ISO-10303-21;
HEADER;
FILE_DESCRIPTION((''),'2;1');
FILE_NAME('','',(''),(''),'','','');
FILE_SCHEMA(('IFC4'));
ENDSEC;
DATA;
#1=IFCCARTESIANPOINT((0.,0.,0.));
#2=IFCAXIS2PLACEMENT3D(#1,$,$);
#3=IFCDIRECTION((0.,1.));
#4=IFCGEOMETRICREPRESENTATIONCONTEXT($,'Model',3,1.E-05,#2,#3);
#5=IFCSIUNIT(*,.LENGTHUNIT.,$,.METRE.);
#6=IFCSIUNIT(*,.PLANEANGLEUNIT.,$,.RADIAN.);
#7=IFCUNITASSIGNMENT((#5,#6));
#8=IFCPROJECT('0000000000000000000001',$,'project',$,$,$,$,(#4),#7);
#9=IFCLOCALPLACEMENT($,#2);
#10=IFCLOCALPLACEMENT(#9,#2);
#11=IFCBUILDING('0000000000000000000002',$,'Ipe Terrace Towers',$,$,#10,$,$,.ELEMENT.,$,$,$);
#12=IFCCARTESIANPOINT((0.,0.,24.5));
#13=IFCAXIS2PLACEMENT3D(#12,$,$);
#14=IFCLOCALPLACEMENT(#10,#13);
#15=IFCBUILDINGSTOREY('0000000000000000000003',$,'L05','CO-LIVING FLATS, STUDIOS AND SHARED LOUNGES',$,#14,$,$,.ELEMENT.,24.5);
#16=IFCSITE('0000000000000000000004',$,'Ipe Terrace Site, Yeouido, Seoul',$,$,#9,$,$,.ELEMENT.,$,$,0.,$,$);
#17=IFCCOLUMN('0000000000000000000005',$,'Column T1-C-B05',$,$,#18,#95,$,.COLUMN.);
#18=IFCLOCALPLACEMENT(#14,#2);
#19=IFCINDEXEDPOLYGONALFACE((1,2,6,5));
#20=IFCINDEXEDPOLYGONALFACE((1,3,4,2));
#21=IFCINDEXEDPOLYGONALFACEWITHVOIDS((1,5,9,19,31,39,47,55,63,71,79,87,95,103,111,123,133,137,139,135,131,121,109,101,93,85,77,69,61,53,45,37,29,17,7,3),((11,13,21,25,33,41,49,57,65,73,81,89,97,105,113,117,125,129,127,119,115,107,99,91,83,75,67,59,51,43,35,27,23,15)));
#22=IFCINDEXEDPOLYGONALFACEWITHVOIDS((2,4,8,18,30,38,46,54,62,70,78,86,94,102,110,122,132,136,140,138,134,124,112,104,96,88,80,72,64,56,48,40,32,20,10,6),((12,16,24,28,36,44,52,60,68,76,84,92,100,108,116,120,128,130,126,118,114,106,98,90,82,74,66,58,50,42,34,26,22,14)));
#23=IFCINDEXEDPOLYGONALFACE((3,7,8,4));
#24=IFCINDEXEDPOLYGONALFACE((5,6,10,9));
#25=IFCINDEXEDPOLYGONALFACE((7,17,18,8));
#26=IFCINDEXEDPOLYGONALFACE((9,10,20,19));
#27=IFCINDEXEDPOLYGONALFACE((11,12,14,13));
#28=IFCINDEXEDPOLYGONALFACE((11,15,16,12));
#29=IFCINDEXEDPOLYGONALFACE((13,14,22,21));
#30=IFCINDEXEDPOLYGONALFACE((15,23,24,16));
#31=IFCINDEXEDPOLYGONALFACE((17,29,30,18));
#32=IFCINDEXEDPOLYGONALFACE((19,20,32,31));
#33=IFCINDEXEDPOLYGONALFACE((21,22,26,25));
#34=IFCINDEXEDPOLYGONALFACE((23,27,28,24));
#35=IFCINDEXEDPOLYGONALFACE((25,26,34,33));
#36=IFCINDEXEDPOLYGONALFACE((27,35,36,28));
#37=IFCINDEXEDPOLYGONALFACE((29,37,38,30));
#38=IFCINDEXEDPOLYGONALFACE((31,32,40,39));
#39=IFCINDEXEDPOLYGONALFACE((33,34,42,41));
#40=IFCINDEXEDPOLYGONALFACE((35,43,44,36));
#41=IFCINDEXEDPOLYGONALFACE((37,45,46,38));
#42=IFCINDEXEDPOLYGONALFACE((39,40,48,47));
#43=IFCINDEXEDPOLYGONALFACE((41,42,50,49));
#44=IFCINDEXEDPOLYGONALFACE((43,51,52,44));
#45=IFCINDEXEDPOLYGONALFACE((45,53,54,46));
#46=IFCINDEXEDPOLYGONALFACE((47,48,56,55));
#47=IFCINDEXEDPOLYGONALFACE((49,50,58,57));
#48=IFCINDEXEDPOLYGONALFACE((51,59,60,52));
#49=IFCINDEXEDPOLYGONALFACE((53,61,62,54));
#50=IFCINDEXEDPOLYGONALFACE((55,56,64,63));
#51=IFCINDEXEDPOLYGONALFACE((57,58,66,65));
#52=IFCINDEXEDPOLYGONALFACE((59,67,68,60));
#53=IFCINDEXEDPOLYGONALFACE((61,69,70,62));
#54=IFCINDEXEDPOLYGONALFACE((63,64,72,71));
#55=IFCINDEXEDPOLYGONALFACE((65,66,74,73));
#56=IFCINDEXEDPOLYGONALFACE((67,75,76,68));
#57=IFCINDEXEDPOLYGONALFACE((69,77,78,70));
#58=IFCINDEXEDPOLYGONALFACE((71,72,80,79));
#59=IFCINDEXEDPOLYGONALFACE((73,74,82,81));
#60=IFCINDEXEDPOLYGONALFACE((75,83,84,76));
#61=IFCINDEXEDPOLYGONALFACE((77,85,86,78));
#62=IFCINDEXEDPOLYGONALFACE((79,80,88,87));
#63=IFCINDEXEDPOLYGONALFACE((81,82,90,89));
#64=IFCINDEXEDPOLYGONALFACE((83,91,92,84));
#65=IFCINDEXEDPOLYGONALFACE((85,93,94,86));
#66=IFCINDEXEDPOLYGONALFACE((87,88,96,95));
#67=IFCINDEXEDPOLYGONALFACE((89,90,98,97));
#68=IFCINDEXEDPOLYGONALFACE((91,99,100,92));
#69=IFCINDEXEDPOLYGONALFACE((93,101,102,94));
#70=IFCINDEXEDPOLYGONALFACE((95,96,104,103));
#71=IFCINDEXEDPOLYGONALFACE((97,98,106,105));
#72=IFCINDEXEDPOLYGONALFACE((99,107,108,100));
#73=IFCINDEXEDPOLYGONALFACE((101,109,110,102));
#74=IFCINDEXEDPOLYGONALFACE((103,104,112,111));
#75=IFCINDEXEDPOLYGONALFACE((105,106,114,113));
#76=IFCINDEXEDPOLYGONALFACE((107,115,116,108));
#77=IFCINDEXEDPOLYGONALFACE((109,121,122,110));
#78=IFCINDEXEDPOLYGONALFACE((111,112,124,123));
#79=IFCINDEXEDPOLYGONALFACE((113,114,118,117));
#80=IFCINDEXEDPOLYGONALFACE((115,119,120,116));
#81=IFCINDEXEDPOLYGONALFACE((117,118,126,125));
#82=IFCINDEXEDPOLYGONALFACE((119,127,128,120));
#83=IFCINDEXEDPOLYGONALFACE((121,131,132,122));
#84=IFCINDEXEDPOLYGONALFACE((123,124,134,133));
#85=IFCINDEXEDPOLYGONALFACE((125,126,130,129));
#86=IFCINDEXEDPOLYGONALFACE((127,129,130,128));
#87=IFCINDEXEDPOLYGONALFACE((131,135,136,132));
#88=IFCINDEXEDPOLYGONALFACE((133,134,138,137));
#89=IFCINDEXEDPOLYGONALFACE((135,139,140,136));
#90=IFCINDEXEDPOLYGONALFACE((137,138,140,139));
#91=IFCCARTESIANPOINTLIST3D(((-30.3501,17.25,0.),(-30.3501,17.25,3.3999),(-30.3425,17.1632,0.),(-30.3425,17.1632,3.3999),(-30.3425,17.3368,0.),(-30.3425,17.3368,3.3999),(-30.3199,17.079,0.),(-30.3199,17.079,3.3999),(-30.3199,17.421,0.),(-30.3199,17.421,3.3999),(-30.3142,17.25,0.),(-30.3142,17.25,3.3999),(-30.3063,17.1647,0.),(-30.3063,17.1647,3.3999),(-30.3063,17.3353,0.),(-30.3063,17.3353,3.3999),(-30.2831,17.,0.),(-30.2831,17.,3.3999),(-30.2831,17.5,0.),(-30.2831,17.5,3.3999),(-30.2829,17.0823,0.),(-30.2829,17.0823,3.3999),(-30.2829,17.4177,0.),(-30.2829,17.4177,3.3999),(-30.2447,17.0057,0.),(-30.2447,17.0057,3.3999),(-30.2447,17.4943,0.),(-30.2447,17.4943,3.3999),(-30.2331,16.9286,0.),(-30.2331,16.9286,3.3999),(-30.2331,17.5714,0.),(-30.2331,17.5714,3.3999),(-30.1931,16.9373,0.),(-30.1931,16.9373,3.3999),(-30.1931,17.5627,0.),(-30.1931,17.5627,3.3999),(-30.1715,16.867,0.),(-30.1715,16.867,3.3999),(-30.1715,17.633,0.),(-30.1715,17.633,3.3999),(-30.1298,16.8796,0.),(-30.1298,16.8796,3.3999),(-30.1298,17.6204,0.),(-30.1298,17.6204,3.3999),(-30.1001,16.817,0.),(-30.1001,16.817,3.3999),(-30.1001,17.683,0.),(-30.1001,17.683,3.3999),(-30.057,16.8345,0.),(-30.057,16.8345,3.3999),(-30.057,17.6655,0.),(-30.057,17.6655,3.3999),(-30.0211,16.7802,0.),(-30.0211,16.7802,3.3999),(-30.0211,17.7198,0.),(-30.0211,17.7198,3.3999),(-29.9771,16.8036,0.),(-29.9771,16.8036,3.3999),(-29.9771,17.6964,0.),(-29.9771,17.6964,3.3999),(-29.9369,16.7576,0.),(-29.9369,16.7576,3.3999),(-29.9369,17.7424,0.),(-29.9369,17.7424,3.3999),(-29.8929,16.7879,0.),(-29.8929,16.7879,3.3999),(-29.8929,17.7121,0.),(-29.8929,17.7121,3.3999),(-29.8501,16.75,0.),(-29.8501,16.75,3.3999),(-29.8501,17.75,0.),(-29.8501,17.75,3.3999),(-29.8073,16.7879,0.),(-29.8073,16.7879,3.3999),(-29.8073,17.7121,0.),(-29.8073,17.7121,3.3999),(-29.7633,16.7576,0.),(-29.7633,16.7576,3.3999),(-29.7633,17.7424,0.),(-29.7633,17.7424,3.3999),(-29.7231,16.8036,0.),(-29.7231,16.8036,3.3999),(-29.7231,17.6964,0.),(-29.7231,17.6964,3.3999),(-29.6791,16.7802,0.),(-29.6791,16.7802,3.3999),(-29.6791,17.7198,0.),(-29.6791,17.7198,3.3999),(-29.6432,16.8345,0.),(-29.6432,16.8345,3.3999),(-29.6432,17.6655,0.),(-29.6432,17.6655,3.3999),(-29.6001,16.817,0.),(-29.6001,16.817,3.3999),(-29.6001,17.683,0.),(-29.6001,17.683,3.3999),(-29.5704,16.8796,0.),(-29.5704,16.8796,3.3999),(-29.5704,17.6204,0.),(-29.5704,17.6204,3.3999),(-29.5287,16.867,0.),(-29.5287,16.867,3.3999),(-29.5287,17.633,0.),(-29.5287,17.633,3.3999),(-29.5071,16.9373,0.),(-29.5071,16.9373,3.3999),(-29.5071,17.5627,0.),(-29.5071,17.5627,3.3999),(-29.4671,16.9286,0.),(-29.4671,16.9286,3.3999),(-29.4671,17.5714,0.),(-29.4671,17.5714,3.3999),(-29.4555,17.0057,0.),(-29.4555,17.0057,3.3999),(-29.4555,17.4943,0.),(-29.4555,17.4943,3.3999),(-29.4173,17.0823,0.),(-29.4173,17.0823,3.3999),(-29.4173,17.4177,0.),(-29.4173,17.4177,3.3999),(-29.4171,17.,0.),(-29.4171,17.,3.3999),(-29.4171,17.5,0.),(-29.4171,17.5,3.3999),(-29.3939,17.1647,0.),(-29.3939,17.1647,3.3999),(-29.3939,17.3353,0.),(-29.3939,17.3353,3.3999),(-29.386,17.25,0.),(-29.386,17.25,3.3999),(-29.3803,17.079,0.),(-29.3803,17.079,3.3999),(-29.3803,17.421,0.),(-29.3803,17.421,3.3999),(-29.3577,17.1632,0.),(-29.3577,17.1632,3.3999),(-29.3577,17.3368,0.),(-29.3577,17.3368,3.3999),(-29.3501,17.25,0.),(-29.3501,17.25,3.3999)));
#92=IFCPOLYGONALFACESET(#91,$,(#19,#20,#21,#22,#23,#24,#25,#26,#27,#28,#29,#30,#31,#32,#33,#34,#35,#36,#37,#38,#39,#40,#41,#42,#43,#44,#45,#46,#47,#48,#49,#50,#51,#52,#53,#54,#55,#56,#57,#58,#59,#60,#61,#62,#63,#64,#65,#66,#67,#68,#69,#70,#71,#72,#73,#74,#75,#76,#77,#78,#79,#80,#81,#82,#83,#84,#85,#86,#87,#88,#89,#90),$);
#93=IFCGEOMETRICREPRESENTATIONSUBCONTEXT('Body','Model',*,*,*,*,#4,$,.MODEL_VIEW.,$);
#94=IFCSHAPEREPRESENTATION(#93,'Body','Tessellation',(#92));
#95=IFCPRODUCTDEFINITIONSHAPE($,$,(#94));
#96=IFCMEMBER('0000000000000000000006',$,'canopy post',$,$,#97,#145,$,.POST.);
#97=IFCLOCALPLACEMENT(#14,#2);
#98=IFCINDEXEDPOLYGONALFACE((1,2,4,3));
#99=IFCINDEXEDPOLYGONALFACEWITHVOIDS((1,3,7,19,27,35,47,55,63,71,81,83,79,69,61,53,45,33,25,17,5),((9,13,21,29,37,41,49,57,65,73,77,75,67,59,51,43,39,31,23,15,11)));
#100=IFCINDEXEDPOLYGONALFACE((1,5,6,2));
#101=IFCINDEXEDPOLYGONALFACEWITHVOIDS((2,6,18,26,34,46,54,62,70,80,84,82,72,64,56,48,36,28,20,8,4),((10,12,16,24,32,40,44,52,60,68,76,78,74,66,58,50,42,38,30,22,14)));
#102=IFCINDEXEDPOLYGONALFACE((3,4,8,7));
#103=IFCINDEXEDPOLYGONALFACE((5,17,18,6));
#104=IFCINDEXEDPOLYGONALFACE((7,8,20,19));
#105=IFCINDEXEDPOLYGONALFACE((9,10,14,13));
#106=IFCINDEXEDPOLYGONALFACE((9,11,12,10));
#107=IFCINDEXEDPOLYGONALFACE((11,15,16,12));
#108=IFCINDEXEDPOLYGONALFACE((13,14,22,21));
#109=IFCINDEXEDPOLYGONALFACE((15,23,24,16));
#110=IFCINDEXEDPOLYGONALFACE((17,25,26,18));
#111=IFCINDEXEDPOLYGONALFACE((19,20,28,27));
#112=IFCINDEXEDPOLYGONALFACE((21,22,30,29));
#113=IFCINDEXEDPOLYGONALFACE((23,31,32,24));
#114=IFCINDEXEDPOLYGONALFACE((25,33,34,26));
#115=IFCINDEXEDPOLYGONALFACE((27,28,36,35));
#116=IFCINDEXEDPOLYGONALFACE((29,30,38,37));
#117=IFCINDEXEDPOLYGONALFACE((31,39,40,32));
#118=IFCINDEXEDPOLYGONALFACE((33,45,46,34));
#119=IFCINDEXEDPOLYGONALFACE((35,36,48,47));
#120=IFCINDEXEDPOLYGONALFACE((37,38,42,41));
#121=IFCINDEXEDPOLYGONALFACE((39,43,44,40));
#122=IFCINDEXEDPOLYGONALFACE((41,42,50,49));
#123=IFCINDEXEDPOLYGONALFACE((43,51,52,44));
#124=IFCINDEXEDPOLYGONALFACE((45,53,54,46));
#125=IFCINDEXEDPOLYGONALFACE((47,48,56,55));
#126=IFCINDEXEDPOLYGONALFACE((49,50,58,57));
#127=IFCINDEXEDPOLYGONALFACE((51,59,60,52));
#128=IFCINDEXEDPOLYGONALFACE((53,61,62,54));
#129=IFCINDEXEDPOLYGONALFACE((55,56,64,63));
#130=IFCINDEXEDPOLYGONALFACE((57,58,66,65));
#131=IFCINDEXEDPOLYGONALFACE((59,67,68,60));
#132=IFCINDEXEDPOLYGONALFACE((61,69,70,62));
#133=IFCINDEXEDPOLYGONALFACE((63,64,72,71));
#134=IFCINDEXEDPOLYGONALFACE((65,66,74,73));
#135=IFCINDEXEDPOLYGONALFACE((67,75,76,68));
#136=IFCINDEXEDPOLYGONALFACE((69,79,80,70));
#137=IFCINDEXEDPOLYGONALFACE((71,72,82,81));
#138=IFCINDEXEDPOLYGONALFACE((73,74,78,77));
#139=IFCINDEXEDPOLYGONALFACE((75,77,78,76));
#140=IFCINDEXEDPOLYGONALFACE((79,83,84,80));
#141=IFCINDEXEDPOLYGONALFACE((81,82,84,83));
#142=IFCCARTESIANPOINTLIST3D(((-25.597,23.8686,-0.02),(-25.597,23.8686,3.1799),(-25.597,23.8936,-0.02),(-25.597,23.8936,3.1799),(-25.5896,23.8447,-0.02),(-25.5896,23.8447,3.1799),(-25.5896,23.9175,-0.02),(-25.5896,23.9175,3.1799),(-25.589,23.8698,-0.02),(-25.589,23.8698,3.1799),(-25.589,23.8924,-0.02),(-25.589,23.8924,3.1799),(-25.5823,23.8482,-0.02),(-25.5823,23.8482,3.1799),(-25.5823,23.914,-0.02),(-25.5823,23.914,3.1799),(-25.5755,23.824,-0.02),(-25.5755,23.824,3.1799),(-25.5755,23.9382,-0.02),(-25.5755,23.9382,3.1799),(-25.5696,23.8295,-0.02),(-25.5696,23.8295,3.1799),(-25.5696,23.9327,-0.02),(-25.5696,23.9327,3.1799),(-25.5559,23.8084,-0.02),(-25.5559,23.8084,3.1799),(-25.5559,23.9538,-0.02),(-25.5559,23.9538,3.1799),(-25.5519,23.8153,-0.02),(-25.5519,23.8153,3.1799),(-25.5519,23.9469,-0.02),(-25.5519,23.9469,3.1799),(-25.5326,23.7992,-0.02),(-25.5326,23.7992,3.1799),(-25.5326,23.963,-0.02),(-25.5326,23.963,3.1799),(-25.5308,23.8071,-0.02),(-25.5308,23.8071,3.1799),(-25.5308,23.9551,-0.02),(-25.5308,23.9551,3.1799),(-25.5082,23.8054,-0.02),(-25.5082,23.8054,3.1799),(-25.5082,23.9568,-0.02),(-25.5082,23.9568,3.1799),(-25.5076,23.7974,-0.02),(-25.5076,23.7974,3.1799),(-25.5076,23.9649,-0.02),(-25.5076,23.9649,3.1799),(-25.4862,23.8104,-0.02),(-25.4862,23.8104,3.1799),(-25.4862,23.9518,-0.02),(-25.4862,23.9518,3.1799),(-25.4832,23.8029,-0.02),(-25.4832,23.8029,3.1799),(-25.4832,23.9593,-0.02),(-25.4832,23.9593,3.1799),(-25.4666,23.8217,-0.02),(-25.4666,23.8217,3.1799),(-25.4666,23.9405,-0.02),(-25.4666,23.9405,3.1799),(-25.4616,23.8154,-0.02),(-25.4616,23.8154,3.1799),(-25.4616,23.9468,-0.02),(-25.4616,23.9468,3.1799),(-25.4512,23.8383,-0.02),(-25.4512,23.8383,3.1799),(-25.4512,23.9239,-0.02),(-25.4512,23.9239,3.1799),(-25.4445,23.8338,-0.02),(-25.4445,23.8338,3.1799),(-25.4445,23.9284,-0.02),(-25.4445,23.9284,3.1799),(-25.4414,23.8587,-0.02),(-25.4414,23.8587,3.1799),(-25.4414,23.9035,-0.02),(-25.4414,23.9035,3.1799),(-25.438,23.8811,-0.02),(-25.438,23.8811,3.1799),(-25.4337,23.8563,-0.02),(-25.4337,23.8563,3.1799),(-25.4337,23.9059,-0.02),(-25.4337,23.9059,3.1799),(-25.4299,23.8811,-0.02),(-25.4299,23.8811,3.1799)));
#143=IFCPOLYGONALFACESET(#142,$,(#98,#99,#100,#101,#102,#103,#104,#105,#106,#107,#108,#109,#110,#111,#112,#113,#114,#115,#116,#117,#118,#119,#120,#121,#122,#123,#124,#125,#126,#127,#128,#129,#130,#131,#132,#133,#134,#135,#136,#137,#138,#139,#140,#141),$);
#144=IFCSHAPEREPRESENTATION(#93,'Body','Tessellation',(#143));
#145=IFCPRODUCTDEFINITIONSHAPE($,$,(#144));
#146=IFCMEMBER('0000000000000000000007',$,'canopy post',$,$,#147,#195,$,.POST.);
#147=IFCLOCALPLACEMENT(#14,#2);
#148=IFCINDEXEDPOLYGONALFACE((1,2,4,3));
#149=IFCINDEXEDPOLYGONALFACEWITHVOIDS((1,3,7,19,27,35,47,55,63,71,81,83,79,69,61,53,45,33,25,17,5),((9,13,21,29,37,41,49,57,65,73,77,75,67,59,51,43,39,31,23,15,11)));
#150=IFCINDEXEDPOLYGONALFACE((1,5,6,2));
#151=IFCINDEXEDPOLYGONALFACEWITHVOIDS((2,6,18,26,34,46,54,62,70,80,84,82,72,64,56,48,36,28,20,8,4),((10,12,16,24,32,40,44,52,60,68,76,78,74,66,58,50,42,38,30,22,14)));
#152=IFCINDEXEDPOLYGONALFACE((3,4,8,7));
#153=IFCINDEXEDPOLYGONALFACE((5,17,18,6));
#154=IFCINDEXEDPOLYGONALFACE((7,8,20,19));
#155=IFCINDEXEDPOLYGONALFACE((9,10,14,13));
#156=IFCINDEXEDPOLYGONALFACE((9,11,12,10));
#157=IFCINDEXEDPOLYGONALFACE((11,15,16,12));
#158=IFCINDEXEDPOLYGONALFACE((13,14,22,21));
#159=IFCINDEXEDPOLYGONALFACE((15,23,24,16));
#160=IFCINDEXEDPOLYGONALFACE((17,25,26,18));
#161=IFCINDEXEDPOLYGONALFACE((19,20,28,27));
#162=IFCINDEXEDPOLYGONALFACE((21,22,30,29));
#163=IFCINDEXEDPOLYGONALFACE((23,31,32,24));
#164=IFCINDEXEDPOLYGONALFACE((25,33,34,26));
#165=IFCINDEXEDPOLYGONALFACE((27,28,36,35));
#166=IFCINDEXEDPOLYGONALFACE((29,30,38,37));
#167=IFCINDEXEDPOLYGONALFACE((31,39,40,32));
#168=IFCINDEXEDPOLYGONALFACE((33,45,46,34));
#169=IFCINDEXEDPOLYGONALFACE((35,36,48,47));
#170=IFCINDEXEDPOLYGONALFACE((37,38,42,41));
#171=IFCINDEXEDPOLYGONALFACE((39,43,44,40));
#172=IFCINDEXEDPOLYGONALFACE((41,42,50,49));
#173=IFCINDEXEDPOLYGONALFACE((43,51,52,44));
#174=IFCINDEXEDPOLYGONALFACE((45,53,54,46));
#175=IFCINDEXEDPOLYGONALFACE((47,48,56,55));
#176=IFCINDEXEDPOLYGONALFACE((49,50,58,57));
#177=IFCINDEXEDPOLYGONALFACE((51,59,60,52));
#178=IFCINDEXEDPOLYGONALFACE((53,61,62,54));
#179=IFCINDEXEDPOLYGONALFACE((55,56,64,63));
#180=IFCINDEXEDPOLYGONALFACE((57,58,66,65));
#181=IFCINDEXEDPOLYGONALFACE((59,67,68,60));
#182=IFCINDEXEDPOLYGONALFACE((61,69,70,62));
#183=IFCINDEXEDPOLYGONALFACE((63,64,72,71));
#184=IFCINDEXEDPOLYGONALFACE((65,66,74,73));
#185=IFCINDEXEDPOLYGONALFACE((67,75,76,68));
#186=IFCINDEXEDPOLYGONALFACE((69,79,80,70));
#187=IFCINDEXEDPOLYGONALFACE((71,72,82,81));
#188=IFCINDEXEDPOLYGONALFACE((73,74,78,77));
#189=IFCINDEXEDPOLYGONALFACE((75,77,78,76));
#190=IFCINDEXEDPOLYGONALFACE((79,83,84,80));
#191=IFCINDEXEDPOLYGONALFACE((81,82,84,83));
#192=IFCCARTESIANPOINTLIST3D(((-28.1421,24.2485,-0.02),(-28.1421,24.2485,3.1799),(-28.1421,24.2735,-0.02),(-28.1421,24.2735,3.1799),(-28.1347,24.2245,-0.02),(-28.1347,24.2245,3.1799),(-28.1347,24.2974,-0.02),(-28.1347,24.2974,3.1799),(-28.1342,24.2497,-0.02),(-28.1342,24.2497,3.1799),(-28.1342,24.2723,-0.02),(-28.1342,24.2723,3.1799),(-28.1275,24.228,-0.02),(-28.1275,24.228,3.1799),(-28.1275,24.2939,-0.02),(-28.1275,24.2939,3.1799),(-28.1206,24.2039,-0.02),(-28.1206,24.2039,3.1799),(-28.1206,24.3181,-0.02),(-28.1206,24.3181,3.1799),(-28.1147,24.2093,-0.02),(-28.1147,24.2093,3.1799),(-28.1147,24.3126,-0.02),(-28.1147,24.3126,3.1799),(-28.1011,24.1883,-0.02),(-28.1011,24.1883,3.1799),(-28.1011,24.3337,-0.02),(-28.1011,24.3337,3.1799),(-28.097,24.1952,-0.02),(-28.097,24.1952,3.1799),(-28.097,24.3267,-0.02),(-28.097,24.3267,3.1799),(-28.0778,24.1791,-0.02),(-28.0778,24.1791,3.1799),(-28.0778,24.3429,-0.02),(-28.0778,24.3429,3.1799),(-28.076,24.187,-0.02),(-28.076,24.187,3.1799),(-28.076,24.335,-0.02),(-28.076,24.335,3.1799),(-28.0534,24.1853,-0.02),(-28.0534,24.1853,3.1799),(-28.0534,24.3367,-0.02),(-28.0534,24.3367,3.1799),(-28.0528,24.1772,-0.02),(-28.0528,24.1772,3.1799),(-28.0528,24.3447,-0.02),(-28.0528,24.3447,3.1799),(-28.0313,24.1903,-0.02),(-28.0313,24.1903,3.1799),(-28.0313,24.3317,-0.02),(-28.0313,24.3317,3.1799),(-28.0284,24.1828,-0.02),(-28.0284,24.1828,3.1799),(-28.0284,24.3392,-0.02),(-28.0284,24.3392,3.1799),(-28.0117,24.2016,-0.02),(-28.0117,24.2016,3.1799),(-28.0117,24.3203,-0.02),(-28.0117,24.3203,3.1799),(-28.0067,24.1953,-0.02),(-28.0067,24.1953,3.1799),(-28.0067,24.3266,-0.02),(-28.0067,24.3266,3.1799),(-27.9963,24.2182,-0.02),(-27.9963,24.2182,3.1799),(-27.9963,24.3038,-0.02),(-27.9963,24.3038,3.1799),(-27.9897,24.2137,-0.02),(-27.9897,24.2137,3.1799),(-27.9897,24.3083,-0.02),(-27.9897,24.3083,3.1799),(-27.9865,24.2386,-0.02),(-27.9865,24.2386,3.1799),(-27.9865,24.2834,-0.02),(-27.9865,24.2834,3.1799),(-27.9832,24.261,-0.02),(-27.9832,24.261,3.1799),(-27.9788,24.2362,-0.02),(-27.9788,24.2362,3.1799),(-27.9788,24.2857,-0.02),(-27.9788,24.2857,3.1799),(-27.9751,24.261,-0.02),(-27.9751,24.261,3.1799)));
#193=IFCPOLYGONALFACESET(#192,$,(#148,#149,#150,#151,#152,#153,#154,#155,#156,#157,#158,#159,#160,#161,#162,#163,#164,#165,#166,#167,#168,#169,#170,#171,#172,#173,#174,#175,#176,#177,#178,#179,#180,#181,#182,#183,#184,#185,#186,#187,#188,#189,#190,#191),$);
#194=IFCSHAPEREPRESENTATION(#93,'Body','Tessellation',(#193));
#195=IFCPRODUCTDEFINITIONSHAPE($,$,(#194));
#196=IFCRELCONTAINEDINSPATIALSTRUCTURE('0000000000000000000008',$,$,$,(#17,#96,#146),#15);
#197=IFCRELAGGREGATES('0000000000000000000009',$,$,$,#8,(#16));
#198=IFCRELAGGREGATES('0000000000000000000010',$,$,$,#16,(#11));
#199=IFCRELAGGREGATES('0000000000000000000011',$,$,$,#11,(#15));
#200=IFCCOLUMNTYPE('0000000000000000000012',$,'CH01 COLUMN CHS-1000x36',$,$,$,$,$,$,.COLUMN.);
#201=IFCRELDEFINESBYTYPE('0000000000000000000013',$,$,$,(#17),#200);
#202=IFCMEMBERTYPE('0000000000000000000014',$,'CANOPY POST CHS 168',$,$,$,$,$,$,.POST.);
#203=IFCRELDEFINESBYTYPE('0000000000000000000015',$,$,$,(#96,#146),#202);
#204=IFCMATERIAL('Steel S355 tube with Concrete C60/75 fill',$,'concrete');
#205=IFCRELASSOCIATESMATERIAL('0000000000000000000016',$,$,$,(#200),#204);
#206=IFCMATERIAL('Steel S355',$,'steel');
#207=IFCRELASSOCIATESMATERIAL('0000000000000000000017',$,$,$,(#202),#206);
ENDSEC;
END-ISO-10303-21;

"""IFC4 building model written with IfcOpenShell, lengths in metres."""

from ifc_helpers import new_model, si_unit, direction, frame, origin, origin_2d, place, context, subcontext, project, spatial, hollow_circle, extrude, material, material_profile, profile_set, type_object, element, save


model = new_model("IFC4")

# Units and contexts
model_context = context("Model", 3, precision=1e-05, world=origin(), true_north=direction((0.0, 1.0)))
body_context = subcontext(model_context, "Body", "Model", "MODEL_VIEW")
ifc_project = project(units=[si_unit("LENGTHUNIT", "METRE"), si_unit("PLANEANGLEUNIT", "RADIAN")], contexts=[model_context])

# Site, building, storey
site_placement = place(None, origin())
site = spatial("IfcSite", under=ifc_project, at=site_placement, Name="Ipe Terrace Site, Yeouido, Seoul", CompositionType="ELEMENT", RefElevation=0.0)
building_placement = place(site_placement, origin())
building = spatial("IfcBuilding", under=site, at=building_placement, Name="Ipe Terrace Towers", CompositionType="ELEMENT")
storey_placement = place(building_placement, frame((0.0, 0.0, 24.5)))
storey = spatial("IfcBuildingStorey", under=building, at=storey_placement, Name="L05", Description="CO-LIVING FLATS, STUDIOS AND SHARED LOUNGES", CompositionType="ELEMENT", Elevation=24.5)

# Column
ifc_material_1 = material(Name="Steel S355 tube with Concrete C60/75 fill", Category="concrete")
ifc_material_profile_1 = material_profile(ifc_material_1, hollow_circle(Radius=0.5, WallThickness=0.0359, at=origin_2d()), Name="CHS-1000x36")
ifc_profile_set_1 = profile_set([ifc_material_profile_1], Name="Steel S355 tube with Concrete C60/75 fill")
column_type = type_object("IfcColumnType", Name="CH01 COLUMN CHS-1000x36", PredefinedType="COLUMN", material=ifc_profile_set_1)
column_placement = place(storey_placement, frame((-29.8501, 17.25, 0.0), z_axis=(0.0, 0.0, 1.0), x_axis=(1.0, 0.0, 0.0)))
element("IfcColumn", 1, at=column_placement, inside=storey, type_object=column_type, Name="Column T1-C-B05", PredefinedType="COLUMN", context=body_context, shape_type="SweptSolid", body=[
    extrude(hollow_circle(Radius=0.5, WallThickness=0.0359, at=origin_2d()), origin(), (0.0, 0.0, 1.0), 3.3999),
])

# Members
ifc_material_2 = material(Name="Steel S355", Category="steel")
ifc_material_profile_2 = material_profile(ifc_material_2, hollow_circle(Radius=0.084, WallThickness=0.0081, at=origin_2d()), Name="CANOPY POST CHS 168")
ifc_profile_set_2 = profile_set([ifc_material_profile_2], Name="Steel S355")
member_type_1 = type_object("IfcMemberType", Name="CANOPY POST CHS 168", PredefinedType="POST", material=ifc_profile_set_2)
for number, where, z_axis, x_axis, name in (
    (2, (-25.5139, 23.8811, -0.02), (0.0, 0.0, 1.0), (1.0, 0.0, 0.0), "canopy post"),
    (3, (-28.0591, 24.261, -0.02), (0.0, 0.0, 1.0), (1.0, 0.0, 0.0), "canopy post"),
):
    element("IfcMember", number, at=place(storey_placement, frame(where, z_axis=z_axis, x_axis=x_axis)), inside=storey, type_object=member_type_1, Name=name, PredefinedType="POST", context=body_context, shape_type="SweptSolid", body=[
        extrude(hollow_circle(Radius=0.084, WallThickness=0.0081, at=origin_2d()), origin(), (0.0, 0.0, 1.0), 3.2),
    ])

save(model, "model.ifc")
